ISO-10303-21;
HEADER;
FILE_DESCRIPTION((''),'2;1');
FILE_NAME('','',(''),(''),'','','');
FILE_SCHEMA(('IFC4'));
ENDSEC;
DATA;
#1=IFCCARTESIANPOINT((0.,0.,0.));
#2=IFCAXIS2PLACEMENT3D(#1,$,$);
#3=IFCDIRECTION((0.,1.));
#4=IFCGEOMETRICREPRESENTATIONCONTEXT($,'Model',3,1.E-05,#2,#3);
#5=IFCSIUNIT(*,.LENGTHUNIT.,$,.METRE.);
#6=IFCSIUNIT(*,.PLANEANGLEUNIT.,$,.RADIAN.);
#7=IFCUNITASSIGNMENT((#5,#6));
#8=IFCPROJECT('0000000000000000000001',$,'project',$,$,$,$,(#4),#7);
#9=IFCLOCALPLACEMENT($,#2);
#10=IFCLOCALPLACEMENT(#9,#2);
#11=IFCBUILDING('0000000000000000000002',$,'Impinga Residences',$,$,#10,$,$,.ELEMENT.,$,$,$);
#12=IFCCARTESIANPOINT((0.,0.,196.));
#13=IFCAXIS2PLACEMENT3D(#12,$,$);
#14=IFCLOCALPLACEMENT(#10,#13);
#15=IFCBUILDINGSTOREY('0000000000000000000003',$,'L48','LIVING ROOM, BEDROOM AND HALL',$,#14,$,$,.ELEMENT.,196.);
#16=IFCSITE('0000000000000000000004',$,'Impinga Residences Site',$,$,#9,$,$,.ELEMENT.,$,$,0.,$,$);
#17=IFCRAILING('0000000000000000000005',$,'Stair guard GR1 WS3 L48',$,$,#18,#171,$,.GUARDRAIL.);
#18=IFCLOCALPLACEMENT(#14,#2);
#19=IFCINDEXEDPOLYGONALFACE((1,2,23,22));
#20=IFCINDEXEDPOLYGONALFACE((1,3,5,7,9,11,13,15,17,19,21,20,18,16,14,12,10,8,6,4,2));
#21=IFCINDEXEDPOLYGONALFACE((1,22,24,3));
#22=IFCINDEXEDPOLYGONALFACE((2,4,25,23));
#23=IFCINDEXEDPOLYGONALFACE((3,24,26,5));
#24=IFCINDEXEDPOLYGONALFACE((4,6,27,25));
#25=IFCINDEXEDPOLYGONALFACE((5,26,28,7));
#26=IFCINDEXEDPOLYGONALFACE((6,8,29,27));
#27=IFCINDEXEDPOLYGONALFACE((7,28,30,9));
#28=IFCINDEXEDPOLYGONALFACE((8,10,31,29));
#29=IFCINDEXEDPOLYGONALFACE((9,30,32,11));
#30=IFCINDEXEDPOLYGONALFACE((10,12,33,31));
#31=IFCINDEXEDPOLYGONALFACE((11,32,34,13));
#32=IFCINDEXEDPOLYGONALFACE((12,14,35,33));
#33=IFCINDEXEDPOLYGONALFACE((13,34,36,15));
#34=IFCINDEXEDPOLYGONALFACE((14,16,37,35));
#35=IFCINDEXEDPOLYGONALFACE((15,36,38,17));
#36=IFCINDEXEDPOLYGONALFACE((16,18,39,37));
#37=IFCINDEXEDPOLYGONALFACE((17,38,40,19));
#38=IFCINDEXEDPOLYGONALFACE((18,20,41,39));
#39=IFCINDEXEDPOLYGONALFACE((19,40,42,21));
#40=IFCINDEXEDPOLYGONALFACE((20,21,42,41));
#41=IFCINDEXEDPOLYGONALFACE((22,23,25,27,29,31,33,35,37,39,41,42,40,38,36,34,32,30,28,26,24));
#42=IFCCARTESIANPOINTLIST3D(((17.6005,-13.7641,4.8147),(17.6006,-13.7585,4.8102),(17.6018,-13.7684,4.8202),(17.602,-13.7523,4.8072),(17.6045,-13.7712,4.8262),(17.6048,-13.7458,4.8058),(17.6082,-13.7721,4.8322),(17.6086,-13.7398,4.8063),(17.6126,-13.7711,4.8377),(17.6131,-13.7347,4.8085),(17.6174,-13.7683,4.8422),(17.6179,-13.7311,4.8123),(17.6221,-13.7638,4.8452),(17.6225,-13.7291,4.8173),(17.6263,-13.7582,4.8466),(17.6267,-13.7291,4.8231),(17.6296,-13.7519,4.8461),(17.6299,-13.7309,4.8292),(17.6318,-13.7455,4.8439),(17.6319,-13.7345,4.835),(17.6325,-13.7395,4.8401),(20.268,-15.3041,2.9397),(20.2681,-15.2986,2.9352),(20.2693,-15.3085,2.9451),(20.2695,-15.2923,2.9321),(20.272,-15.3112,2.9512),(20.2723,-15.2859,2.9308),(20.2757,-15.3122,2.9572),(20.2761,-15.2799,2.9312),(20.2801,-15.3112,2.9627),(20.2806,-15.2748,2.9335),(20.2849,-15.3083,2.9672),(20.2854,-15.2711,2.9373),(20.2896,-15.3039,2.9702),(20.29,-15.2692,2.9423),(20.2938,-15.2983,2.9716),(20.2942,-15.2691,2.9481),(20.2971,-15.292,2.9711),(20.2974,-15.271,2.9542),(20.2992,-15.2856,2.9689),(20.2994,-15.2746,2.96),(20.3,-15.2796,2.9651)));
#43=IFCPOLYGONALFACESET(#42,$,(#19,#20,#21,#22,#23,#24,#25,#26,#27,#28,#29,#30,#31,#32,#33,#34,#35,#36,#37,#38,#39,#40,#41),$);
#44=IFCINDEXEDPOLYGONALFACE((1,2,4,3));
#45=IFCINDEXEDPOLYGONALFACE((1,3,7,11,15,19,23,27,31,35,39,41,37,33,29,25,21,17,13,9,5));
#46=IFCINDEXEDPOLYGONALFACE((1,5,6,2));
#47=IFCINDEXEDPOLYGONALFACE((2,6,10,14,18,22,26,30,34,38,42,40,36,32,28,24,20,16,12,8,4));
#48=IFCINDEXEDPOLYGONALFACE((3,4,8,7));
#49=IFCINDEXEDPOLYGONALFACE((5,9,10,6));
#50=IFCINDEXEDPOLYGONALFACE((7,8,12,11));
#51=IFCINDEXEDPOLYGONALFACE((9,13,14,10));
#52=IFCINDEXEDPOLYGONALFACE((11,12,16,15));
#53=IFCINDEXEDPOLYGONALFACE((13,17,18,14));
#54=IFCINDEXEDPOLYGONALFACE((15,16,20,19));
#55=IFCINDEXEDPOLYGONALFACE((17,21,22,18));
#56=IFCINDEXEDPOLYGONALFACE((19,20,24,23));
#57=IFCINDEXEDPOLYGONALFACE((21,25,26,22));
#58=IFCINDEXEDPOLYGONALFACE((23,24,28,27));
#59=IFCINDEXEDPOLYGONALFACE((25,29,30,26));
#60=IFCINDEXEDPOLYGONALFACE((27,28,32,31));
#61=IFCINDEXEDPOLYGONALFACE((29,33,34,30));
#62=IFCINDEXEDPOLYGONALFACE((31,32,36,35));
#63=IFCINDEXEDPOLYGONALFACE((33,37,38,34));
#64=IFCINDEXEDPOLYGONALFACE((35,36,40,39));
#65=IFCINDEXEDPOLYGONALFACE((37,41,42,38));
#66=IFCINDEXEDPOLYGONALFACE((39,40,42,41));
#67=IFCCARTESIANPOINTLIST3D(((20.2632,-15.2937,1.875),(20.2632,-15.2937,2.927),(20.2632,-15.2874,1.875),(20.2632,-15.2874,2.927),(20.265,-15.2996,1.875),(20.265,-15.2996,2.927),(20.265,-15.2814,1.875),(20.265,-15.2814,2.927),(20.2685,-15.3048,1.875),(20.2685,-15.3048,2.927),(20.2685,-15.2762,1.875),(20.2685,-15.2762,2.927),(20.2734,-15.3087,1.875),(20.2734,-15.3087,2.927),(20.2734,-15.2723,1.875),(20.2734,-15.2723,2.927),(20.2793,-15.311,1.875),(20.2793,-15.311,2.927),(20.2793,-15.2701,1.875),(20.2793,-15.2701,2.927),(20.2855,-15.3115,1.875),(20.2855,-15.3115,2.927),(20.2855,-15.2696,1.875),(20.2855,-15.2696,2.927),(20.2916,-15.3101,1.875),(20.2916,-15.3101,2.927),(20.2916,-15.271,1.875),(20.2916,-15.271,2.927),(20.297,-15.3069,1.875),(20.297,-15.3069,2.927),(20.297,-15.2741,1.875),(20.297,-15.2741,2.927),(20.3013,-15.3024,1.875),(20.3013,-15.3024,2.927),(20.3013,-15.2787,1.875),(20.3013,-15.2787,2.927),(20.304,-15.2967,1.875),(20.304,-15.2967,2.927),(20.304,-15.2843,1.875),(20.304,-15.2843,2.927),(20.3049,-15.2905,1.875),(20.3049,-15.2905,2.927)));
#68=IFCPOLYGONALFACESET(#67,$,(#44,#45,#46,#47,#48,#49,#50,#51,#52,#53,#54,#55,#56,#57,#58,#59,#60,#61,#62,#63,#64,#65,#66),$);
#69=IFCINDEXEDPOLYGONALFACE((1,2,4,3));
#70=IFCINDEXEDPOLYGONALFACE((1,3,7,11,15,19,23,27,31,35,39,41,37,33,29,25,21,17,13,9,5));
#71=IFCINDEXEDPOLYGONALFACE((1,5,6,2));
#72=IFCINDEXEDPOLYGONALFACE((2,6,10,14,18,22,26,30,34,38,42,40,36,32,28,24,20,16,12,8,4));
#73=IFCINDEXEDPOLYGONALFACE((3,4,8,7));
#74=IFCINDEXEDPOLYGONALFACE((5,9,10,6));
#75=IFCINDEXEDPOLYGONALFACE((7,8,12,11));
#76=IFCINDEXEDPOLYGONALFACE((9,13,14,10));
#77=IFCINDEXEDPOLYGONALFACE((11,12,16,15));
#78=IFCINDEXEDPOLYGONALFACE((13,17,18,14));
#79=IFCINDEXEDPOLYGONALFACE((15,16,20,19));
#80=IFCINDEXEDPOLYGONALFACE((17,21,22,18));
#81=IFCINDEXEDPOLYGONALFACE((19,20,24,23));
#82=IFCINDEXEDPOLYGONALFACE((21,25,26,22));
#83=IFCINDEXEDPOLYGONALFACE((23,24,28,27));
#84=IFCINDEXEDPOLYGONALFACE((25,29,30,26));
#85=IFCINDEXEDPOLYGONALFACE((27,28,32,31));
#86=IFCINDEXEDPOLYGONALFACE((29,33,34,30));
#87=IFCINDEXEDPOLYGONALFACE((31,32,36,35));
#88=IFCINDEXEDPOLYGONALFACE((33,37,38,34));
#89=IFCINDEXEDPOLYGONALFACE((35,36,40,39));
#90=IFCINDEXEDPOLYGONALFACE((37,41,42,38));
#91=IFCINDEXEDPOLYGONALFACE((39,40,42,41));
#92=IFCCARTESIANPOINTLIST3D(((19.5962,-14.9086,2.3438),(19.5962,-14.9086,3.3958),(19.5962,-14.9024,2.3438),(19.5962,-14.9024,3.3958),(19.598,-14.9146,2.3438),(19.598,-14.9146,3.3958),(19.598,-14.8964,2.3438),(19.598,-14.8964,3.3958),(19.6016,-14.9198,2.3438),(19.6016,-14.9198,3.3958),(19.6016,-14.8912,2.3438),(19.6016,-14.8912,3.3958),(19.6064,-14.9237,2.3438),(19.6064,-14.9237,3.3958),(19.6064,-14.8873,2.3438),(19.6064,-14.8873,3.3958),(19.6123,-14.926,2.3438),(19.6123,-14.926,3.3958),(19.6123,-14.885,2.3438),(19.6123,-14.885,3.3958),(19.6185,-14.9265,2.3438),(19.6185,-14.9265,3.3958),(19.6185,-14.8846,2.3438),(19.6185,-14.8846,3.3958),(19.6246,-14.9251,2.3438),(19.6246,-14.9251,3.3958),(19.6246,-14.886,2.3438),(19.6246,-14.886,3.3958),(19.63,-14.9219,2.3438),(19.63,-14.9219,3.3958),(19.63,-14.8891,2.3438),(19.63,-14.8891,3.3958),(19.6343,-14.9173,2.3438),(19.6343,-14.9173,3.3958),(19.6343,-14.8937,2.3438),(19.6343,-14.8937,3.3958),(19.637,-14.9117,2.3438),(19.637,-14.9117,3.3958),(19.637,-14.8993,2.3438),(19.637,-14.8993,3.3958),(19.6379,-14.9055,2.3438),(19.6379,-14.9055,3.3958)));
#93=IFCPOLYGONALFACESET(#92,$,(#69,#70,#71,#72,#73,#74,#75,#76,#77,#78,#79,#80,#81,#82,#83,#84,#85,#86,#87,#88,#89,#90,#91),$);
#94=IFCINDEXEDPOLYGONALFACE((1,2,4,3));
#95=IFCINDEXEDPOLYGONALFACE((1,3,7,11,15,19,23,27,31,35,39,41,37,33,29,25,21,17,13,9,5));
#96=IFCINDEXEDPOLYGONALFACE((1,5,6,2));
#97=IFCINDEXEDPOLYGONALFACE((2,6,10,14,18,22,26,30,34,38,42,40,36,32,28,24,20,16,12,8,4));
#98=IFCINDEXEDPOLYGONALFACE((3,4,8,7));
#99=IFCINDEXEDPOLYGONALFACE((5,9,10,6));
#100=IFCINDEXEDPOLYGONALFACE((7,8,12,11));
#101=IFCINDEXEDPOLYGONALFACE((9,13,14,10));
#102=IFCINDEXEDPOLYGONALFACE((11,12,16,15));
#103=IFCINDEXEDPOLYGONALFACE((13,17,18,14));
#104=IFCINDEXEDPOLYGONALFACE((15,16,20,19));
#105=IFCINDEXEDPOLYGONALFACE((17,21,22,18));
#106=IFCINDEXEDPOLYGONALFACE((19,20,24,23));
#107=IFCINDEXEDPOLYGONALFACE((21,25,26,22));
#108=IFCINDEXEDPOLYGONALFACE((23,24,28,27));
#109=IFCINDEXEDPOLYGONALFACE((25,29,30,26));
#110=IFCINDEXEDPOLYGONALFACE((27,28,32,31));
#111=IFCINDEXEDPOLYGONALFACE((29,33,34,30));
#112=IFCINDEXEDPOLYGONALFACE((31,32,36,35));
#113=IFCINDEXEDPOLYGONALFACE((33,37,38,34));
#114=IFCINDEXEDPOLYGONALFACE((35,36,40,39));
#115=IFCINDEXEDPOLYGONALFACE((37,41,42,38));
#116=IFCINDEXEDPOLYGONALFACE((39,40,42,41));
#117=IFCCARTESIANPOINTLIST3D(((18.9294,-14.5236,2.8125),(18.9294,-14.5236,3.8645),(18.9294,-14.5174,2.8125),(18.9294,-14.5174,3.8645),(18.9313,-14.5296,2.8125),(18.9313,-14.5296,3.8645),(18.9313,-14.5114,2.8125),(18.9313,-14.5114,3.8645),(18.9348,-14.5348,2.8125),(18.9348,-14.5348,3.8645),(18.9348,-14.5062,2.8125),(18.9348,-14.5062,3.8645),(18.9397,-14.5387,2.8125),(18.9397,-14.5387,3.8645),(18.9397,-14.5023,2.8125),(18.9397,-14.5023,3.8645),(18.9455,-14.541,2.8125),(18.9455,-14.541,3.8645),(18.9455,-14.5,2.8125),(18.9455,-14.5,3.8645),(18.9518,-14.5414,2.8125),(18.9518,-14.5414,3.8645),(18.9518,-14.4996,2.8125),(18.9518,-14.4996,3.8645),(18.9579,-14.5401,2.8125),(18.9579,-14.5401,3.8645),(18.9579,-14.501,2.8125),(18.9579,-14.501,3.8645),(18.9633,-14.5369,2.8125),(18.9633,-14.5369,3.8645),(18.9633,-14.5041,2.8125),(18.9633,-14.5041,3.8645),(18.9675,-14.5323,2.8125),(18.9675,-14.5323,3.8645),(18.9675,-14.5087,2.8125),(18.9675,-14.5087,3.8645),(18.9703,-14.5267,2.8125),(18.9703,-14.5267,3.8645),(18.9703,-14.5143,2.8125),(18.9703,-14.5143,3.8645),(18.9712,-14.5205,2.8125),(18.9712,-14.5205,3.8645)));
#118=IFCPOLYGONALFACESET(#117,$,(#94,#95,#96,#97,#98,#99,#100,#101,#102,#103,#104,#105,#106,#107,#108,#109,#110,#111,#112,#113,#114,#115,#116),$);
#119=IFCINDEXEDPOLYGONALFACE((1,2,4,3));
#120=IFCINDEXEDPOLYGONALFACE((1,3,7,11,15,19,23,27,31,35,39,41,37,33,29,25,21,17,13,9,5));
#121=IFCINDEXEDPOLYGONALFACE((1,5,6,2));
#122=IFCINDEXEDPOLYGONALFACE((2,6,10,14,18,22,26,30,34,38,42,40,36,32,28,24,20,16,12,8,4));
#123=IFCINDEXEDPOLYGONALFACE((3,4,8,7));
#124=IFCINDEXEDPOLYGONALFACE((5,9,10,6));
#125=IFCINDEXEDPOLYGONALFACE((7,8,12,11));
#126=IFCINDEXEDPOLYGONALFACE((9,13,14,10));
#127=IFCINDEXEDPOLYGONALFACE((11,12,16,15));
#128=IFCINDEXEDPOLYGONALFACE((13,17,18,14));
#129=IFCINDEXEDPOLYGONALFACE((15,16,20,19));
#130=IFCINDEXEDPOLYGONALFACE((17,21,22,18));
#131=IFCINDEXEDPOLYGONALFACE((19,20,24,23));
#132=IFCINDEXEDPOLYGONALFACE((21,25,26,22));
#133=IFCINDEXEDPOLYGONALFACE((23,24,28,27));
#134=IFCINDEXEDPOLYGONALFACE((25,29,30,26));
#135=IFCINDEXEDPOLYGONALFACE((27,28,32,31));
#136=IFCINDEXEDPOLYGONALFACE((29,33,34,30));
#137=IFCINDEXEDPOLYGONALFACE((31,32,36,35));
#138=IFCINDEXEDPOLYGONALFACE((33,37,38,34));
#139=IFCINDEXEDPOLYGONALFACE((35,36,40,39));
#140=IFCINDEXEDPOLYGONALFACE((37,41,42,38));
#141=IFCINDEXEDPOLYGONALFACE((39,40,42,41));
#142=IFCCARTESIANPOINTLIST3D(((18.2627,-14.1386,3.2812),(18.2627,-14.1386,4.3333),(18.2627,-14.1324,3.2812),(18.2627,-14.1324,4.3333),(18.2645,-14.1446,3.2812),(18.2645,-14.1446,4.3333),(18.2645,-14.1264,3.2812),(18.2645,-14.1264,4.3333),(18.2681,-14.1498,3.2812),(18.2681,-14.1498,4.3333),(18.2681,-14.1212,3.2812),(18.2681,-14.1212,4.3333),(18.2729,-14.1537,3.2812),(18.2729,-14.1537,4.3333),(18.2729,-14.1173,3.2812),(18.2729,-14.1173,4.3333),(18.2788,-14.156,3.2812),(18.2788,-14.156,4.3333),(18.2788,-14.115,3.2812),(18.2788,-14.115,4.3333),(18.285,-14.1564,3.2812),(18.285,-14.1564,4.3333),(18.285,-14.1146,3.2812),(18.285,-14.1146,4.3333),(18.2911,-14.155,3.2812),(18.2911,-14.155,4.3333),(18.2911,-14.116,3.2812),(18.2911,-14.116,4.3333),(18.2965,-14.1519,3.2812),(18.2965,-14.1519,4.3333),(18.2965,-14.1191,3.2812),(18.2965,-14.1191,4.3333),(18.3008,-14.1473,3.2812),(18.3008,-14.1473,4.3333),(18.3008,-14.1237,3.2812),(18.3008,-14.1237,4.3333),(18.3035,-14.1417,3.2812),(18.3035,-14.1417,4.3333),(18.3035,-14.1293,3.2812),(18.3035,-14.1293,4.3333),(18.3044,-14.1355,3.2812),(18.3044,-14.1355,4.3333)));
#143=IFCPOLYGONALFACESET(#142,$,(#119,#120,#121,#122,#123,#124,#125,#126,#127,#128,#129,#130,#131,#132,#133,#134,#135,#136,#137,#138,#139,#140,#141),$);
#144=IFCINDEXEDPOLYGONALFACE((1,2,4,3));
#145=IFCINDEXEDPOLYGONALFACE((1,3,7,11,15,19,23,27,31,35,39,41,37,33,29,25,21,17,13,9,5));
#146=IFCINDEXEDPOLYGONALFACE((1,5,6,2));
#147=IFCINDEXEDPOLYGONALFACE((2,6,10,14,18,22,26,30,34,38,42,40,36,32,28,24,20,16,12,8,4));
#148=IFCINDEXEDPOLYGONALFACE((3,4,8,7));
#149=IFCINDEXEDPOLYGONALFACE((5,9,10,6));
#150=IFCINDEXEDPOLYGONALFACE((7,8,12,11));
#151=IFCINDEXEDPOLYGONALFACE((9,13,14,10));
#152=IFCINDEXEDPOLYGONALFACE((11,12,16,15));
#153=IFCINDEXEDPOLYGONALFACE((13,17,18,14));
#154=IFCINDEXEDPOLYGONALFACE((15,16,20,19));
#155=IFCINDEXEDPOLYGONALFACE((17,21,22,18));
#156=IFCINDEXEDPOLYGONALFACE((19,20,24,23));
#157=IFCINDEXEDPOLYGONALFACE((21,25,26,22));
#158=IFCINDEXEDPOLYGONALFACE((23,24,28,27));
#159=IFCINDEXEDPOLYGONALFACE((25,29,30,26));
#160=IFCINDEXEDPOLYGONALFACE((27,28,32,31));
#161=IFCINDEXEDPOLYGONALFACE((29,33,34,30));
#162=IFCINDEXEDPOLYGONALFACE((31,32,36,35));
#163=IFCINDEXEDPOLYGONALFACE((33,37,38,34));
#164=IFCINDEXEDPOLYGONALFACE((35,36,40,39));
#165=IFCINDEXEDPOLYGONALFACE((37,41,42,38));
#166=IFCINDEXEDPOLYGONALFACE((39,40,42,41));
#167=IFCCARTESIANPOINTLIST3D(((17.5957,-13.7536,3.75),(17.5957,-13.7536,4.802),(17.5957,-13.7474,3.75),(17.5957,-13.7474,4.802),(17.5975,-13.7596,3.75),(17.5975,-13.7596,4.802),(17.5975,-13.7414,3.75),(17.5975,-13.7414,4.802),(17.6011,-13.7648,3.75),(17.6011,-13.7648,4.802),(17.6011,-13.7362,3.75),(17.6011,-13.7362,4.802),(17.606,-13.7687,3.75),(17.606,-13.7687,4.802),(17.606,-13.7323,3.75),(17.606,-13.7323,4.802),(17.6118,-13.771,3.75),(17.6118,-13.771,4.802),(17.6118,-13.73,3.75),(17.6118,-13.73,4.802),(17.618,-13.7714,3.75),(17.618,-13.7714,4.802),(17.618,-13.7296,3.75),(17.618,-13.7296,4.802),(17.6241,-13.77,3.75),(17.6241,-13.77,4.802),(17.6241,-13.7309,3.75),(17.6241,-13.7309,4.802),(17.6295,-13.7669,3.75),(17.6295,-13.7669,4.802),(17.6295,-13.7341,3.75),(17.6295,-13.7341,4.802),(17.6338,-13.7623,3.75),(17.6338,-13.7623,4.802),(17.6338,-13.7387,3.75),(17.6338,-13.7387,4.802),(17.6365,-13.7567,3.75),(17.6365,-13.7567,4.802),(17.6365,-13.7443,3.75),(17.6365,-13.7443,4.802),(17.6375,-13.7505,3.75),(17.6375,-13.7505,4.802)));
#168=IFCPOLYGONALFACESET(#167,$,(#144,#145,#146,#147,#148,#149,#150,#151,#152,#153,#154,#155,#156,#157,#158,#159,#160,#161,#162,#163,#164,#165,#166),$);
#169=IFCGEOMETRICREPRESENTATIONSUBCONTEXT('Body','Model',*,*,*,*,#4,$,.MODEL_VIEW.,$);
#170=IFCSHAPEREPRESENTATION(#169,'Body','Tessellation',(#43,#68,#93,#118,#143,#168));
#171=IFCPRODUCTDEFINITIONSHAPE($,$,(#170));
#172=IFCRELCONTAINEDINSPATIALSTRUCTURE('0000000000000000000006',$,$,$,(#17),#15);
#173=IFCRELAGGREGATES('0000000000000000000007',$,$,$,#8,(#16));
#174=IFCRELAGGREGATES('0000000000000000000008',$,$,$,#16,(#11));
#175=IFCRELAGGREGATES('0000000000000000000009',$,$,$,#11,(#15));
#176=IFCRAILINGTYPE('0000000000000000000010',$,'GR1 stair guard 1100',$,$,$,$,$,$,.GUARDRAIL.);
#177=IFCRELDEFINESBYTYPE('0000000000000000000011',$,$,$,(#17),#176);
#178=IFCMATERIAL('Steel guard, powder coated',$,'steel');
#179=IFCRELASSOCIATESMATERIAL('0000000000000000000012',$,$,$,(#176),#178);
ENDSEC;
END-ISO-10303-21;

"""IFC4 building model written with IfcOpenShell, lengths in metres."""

from ifc_helpers import new_model, si_unit, direction, frame, origin, origin_2d, place, context, subcontext, project, spatial, circle, extrude, material, type_object, element, save


model = new_model("IFC4")

# Units and contexts
model_context = context("Model", 3, precision=1e-05, world=origin(), true_north=direction((0.0, 1.0)))
body_context = subcontext(model_context, "Body", "Model", "MODEL_VIEW")
ifc_project = project(units=[si_unit("LENGTHUNIT", "METRE"), si_unit("PLANEANGLEUNIT", "RADIAN")], contexts=[model_context])

# Site, building, storey
site_placement = place(None, origin())
site = spatial("IfcSite", under=ifc_project, at=site_placement, Name="Impinga Residences Site", CompositionType="ELEMENT", RefElevation=0.0)
building_placement = place(site_placement, origin())
building = spatial("IfcBuilding", under=site, at=building_placement, Name="Impinga Residences", CompositionType="ELEMENT")
storey_placement = place(building_placement, frame((0.0, 0.0, 196.0)))
storey = spatial("IfcBuildingStorey", under=building, at=storey_placement, Name="L48", Description="LIVING ROOM, BEDROOM AND HALL", CompositionType="ELEMENT", Elevation=196.0)

# Railing
ifc_material_1 = material(Name="Steel guard, powder coated", Category="steel")
railing_type_1 = type_object("IfcRailingType", Name="GR1 stair guard 1100", PredefinedType="GUARDRAIL", material=ifc_material_1)
railing_1_placement = place(storey_placement, frame((20.2839, -15.2905, 1.875)))
element("IfcRailing", 1, at=railing_1_placement, inside=storey, type_object=railing_type_1, Name="Stair guard GR1 WS3 L48", PredefinedType="GUARDRAIL", context=body_context, shape_type="SweptSolid", body=[
    extrude(circle(Radius=0.0239, at=origin_2d()), frame((0.0, 0.0, 1.0762), z_axis=(-0.739746, 0.427084, 0.519975), x_axis=(-0.499992, -0.86603, 0.0)), (0.0, 0.0, 1.0), 3.606),
    extrude(circle(Radius=0.021, at=origin_2d()), origin(), (0.0, 0.0, 1.0), 1.052),
    extrude(circle(Radius=0.021, at=origin_2d()), frame((-0.667, 0.385, 0.4688)), (0.0, 0.0, 1.0), 1.052),
    extrude(circle(Radius=0.021, at=origin_2d()), frame((-1.3337, 0.77, 0.9375)), (0.0, 0.0, 1.0), 1.052),
    extrude(circle(Radius=0.021, at=origin_2d()), frame((-2.0005, 1.155, 1.4062)), (0.0, 0.0, 1.0), 1.052),
    extrude(circle(Radius=0.021, at=origin_2d()), frame((-2.6675, 1.54, 1.875)), (0.0, 0.0, 1.0), 1.052),
])

save(model, "model.ifc")
